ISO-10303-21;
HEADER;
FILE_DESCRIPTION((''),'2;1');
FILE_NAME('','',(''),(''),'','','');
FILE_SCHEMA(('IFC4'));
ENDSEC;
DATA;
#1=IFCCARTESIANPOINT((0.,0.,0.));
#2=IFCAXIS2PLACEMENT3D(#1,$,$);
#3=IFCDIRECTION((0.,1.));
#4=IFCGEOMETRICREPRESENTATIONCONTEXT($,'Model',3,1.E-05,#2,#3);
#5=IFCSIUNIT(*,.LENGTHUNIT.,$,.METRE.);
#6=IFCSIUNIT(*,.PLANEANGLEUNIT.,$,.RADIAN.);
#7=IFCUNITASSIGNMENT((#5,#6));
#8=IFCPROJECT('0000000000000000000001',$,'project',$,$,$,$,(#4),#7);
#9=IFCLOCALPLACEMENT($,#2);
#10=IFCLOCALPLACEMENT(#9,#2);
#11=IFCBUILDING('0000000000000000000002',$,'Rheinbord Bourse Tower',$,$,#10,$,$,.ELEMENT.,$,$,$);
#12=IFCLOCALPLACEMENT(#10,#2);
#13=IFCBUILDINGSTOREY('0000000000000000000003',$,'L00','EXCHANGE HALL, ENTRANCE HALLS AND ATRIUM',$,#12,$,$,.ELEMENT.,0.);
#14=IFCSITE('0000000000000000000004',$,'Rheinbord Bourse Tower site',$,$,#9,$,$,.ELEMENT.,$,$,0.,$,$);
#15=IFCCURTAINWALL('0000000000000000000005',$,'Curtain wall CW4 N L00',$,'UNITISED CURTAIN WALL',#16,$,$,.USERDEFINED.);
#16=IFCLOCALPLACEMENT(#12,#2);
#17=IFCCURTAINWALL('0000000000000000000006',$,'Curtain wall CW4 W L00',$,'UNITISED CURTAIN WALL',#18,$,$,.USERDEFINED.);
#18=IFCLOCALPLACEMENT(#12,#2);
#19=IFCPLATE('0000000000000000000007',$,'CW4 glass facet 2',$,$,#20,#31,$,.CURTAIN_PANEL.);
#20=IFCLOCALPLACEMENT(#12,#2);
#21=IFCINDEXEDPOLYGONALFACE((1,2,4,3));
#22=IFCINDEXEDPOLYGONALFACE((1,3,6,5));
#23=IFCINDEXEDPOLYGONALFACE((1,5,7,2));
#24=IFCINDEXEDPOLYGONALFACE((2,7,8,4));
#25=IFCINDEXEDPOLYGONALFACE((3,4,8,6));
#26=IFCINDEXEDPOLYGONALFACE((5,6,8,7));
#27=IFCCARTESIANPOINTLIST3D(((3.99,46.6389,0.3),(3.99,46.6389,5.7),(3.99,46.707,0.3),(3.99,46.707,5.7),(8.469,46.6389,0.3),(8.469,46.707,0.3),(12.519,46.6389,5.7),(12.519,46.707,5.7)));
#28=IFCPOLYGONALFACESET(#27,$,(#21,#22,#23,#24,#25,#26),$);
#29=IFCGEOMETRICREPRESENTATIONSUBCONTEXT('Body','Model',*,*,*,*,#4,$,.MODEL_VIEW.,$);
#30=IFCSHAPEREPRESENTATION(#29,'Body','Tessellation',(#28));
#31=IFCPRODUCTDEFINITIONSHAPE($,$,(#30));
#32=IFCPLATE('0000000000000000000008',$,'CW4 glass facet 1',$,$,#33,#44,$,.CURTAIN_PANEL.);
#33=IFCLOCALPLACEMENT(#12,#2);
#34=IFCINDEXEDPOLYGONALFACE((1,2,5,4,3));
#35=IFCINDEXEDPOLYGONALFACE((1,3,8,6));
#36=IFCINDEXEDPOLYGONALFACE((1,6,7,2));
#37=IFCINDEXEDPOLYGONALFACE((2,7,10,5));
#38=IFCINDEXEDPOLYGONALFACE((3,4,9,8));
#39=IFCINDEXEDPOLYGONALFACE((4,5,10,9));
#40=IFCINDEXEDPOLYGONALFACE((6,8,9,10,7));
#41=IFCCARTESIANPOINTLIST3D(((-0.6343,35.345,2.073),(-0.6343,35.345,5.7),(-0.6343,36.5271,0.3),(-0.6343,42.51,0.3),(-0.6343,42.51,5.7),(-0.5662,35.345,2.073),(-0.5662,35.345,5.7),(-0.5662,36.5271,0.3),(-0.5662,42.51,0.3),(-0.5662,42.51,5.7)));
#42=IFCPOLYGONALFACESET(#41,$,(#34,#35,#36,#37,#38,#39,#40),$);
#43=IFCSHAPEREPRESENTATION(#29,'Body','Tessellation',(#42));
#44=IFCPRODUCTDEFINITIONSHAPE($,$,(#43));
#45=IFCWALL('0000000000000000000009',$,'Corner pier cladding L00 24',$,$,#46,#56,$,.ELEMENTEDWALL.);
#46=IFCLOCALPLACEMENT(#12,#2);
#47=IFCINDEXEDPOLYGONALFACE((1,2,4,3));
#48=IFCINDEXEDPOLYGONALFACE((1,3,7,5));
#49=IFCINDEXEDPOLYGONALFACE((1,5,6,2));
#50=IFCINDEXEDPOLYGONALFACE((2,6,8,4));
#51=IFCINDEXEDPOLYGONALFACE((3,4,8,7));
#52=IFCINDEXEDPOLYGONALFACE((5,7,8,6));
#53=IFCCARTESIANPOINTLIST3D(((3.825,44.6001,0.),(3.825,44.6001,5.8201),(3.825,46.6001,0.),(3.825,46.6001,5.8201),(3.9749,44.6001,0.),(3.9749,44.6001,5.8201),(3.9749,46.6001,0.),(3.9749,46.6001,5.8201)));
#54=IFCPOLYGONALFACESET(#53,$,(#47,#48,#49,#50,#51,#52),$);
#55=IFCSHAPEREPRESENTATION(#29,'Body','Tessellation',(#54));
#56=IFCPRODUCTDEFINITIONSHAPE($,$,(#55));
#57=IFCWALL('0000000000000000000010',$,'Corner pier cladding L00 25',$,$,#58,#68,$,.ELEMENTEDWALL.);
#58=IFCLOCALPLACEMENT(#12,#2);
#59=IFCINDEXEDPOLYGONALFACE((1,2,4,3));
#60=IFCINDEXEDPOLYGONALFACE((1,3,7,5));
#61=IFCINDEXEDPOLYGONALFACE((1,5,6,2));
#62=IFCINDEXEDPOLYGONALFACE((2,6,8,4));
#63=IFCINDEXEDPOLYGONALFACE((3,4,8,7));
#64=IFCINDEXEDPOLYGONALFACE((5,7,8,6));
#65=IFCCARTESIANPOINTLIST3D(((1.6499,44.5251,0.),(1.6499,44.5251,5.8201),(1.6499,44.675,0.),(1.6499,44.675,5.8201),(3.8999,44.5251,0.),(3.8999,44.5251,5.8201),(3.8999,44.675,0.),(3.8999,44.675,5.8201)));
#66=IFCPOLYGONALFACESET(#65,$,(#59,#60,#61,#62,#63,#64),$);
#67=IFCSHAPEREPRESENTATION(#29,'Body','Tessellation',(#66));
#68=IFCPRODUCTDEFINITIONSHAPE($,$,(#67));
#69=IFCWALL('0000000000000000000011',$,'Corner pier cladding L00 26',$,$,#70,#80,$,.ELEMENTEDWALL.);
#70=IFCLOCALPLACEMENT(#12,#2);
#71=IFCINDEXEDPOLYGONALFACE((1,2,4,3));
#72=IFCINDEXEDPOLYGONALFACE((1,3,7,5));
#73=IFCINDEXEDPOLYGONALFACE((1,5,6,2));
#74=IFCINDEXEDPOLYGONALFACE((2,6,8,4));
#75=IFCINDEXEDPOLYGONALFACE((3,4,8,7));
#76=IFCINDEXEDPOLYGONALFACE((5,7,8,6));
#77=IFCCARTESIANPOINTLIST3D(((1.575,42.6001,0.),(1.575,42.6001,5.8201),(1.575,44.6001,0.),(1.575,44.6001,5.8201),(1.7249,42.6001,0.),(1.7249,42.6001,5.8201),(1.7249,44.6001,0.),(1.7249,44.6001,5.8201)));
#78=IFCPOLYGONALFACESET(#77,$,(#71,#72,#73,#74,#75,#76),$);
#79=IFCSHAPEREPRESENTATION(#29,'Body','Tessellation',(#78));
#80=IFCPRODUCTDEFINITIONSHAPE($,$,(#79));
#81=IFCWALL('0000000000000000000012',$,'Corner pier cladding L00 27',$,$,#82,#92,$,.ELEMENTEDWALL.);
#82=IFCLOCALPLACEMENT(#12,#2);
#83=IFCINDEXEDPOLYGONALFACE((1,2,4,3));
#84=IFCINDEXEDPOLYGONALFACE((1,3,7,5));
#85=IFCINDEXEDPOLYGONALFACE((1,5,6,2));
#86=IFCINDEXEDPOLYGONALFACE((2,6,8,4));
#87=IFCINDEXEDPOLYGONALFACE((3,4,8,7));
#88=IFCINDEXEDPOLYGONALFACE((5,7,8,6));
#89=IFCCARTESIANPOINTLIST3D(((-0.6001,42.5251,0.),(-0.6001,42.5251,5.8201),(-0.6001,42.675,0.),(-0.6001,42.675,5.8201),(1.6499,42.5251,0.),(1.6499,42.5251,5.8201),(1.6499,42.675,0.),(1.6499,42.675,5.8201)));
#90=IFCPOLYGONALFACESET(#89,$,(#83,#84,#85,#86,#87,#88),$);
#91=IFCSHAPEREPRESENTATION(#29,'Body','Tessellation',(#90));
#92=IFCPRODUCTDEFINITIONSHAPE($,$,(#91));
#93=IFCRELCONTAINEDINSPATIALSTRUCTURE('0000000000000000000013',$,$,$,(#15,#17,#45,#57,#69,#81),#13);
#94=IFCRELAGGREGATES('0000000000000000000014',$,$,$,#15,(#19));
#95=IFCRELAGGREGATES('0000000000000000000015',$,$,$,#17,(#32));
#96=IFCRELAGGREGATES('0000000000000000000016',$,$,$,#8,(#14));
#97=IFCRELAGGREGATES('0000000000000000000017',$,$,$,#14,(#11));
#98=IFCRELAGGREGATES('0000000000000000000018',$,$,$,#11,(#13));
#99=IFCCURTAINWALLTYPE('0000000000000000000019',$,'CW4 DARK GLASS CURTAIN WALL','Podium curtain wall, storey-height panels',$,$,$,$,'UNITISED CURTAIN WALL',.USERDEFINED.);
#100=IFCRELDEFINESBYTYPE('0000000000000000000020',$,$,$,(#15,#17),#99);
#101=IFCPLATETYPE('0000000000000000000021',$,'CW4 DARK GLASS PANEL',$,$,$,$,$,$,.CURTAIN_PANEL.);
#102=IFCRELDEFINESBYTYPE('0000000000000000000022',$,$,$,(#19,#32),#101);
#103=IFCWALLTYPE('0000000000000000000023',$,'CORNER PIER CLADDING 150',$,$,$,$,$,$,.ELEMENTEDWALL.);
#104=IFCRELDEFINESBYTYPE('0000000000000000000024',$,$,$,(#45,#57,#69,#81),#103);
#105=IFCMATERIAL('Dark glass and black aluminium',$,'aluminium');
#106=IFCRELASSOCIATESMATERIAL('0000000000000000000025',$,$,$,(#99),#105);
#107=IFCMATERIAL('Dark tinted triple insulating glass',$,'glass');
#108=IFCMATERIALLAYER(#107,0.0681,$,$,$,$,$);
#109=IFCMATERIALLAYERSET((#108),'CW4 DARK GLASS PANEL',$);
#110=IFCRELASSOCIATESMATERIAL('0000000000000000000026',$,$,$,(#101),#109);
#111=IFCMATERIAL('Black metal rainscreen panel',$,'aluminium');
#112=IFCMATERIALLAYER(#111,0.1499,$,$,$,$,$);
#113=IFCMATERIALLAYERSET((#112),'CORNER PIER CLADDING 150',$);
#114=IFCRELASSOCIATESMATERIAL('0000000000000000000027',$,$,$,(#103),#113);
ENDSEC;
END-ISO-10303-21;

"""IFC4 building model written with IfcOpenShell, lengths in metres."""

from ifc_helpers import new_model, si_unit, direction, frame, frame_2d, origin, place, context, subcontext, project, spatial, polyline, rectangle, outline, extrude, material, layer, layer_set, type_object, element, aggregate, save


model = new_model("IFC4")

# Units and contexts
model_context = context("Model", 3, precision=1e-05, world=origin(), true_north=direction((0.0, 1.0)))
body_context = subcontext(model_context, "Body", "Model", "MODEL_VIEW")
ifc_project = project(units=[si_unit("LENGTHUNIT", "METRE"), si_unit("PLANEANGLEUNIT", "RADIAN")], contexts=[model_context])

# Site, building, storey
site_placement = place(None, origin())
site = spatial("IfcSite", under=ifc_project, at=site_placement, Name="Rheinbord Bourse Tower site", CompositionType="ELEMENT", RefElevation=0.0)
building_placement = place(site_placement, origin())
building = spatial("IfcBuilding", under=site, at=building_placement, Name="Rheinbord Bourse Tower", CompositionType="ELEMENT")
storey_placement = place(building_placement, origin())
storey = spatial("IfcBuildingStorey", under=building, at=storey_placement, Name="L00", Description="EXCHANGE HALL, ENTRANCE HALLS AND ATRIUM", CompositionType="ELEMENT", Elevation=0.0)

# Curtain wall
ifc_material_1 = material(Name="Dark glass and black aluminium", Category="aluminium")
curtain_wall_type = type_object("IfcCurtainWallType", Name="CW4 DARK GLASS CURTAIN WALL", Description="Podium curtain wall, storey-height panels", ElementType="UNITISED CURTAIN WALL", PredefinedType="USERDEFINED", material=ifc_material_1)
curtain_wall_1_placement = place(storey_placement, origin())
curtain_wall_1 = element("IfcCurtainWall", 1, at=curtain_wall_1_placement, inside=storey, type_object=curtain_wall_type, Name="Curtain wall CW4 N L00", ObjectType="UNITISED CURTAIN WALL", PredefinedType="USERDEFINED")

# Curtain wall
curtain_wall_2_placement = place(storey_placement, origin())
curtain_wall_2 = element("IfcCurtainWall", 2, at=curtain_wall_2_placement, inside=storey, type_object=curtain_wall_type, Name="Curtain wall CW4 W L00", ObjectType="UNITISED CURTAIN WALL", PredefinedType="USERDEFINED")

# Plates
ifc_material_2 = material(Name="Dark tinted triple insulating glass", Category="glass")
ifc_layer_1 = layer(ifc_material_2, 0.0681)
ifc_layer_set_1 = layer_set([ifc_layer_1], Name="CW4 DARK GLASS PANEL")
plate_type = type_object("IfcPlateType", Name="CW4 DARK GLASS PANEL", PredefinedType="CURTAIN_PANEL", material=ifc_layer_set_1)
plate_1_placement = place(storey_placement, frame((3.99, 46.707, 5.7), z_axis=(0.0, -1.0, 0.0), x_axis=(0.0, 0.0, -1.0)))
plate_1 = element("IfcPlate", 3, at=plate_1_placement, type_object=plate_type, Name="CW4 glass facet 2", PredefinedType="CURTAIN_PANEL", context=body_context, shape_type="SweptSolid", body=[
    extrude(outline(polyline([(0.0, 0.0), (5.3999, 0.0), (5.3999, 4.479), (0.0, 8.5291), (0.0, 0.0)])), origin(), (0.0, 0.0, 1.0), 0.0681),
])
aggregate(curtain_wall_1, [plate_1])
plate_2_placement = place(storey_placement, frame((-0.6343, 42.51, 0.3), z_axis=(1.0, 0.0, 0.0), x_axis=(0.0, 0.0, 1.0)))
plate_2 = element("IfcPlate", 4, at=plate_2_placement, type_object=plate_type, Name="CW4 glass facet 1", PredefinedType="CURTAIN_PANEL", context=body_context, shape_type="SweptSolid", body=[
    extrude(outline(polyline([(0.0, 0.0), (5.3999, 0.0), (5.3999, 7.165), (1.7729, 7.165), (0.0, 5.9829), (0.0, 0.0)])), origin(), (0.0, 0.0, 1.0), 0.0681),
])
aggregate(curtain_wall_2, [plate_2])

# Walls
ifc_material_3 = material(Name="Black metal rainscreen panel", Category="aluminium")
ifc_layer_2 = layer(ifc_material_3, 0.1499)
ifc_layer_set_2 = layer_set([ifc_layer_2], Name="CORNER PIER CLADDING 150")
wall_type = type_object("IfcWallType", Name="CORNER PIER CLADDING 150", PredefinedType="ELEMENTEDWALL", material=ifc_layer_set_2)
wall_1_placement = place(storey_placement, frame((3.8999, 46.6001, 0.0), z_axis=(0.0, 0.0, 1.0), x_axis=(0.0, -1.0, 0.0)))
element("IfcWall", 5, at=wall_1_placement, inside=storey, type_object=wall_type, Name="Corner pier cladding L00 24", PredefinedType="ELEMENTEDWALL", context=body_context, shape_type="SweptSolid", body=[
    extrude(rectangle(XDim=2.0, YDim=0.1499, at=frame_2d((1.0, 0.0))), origin(), (0.0, 0.0, 1.0), 5.8201),
])
wall_2_placement = place(storey_placement, frame((3.8999, 44.6001, 0.0), z_axis=(0.0, 0.0, 1.0), x_axis=(-1.0, 0.0, 0.0)))
element("IfcWall", 6, at=wall_2_placement, inside=storey, type_object=wall_type, Name="Corner pier cladding L00 25", PredefinedType="ELEMENTEDWALL", context=body_context, shape_type="SweptSolid", body=[
    extrude(rectangle(XDim=2.25, YDim=0.1499, at=frame_2d((1.125, 0.0))), origin(), (0.0, 0.0, 1.0), 5.8201),
])
wall_3_placement = place(storey_placement, frame((1.6499, 44.6001, 0.0), z_axis=(0.0, 0.0, 1.0), x_axis=(0.0, -1.0, 0.0)))
element("IfcWall", 7, at=wall_3_placement, inside=storey, type_object=wall_type, Name="Corner pier cladding L00 26", PredefinedType="ELEMENTEDWALL", context=body_context, shape_type="SweptSolid", body=[
    extrude(rectangle(XDim=2.0, YDim=0.1499, at=frame_2d((1.0, 0.0))), origin(), (0.0, 0.0, 1.0), 5.8201),
])
wall_4_placement = place(storey_placement, frame((1.6499, 42.6001, 0.0), z_axis=(0.0, 0.0, 1.0), x_axis=(-1.0, 0.0, 0.0)))
element("IfcWall", 8, at=wall_4_placement, inside=storey, type_object=wall_type, Name="Corner pier cladding L00 27", PredefinedType="ELEMENTEDWALL", context=body_context, shape_type="SweptSolid", body=[
    extrude(rectangle(XDim=2.25, YDim=0.1499, at=frame_2d((1.125, 0.0))), origin(), (0.0, 0.0, 1.0), 5.8201),
])

save(model, "model.ifc")
